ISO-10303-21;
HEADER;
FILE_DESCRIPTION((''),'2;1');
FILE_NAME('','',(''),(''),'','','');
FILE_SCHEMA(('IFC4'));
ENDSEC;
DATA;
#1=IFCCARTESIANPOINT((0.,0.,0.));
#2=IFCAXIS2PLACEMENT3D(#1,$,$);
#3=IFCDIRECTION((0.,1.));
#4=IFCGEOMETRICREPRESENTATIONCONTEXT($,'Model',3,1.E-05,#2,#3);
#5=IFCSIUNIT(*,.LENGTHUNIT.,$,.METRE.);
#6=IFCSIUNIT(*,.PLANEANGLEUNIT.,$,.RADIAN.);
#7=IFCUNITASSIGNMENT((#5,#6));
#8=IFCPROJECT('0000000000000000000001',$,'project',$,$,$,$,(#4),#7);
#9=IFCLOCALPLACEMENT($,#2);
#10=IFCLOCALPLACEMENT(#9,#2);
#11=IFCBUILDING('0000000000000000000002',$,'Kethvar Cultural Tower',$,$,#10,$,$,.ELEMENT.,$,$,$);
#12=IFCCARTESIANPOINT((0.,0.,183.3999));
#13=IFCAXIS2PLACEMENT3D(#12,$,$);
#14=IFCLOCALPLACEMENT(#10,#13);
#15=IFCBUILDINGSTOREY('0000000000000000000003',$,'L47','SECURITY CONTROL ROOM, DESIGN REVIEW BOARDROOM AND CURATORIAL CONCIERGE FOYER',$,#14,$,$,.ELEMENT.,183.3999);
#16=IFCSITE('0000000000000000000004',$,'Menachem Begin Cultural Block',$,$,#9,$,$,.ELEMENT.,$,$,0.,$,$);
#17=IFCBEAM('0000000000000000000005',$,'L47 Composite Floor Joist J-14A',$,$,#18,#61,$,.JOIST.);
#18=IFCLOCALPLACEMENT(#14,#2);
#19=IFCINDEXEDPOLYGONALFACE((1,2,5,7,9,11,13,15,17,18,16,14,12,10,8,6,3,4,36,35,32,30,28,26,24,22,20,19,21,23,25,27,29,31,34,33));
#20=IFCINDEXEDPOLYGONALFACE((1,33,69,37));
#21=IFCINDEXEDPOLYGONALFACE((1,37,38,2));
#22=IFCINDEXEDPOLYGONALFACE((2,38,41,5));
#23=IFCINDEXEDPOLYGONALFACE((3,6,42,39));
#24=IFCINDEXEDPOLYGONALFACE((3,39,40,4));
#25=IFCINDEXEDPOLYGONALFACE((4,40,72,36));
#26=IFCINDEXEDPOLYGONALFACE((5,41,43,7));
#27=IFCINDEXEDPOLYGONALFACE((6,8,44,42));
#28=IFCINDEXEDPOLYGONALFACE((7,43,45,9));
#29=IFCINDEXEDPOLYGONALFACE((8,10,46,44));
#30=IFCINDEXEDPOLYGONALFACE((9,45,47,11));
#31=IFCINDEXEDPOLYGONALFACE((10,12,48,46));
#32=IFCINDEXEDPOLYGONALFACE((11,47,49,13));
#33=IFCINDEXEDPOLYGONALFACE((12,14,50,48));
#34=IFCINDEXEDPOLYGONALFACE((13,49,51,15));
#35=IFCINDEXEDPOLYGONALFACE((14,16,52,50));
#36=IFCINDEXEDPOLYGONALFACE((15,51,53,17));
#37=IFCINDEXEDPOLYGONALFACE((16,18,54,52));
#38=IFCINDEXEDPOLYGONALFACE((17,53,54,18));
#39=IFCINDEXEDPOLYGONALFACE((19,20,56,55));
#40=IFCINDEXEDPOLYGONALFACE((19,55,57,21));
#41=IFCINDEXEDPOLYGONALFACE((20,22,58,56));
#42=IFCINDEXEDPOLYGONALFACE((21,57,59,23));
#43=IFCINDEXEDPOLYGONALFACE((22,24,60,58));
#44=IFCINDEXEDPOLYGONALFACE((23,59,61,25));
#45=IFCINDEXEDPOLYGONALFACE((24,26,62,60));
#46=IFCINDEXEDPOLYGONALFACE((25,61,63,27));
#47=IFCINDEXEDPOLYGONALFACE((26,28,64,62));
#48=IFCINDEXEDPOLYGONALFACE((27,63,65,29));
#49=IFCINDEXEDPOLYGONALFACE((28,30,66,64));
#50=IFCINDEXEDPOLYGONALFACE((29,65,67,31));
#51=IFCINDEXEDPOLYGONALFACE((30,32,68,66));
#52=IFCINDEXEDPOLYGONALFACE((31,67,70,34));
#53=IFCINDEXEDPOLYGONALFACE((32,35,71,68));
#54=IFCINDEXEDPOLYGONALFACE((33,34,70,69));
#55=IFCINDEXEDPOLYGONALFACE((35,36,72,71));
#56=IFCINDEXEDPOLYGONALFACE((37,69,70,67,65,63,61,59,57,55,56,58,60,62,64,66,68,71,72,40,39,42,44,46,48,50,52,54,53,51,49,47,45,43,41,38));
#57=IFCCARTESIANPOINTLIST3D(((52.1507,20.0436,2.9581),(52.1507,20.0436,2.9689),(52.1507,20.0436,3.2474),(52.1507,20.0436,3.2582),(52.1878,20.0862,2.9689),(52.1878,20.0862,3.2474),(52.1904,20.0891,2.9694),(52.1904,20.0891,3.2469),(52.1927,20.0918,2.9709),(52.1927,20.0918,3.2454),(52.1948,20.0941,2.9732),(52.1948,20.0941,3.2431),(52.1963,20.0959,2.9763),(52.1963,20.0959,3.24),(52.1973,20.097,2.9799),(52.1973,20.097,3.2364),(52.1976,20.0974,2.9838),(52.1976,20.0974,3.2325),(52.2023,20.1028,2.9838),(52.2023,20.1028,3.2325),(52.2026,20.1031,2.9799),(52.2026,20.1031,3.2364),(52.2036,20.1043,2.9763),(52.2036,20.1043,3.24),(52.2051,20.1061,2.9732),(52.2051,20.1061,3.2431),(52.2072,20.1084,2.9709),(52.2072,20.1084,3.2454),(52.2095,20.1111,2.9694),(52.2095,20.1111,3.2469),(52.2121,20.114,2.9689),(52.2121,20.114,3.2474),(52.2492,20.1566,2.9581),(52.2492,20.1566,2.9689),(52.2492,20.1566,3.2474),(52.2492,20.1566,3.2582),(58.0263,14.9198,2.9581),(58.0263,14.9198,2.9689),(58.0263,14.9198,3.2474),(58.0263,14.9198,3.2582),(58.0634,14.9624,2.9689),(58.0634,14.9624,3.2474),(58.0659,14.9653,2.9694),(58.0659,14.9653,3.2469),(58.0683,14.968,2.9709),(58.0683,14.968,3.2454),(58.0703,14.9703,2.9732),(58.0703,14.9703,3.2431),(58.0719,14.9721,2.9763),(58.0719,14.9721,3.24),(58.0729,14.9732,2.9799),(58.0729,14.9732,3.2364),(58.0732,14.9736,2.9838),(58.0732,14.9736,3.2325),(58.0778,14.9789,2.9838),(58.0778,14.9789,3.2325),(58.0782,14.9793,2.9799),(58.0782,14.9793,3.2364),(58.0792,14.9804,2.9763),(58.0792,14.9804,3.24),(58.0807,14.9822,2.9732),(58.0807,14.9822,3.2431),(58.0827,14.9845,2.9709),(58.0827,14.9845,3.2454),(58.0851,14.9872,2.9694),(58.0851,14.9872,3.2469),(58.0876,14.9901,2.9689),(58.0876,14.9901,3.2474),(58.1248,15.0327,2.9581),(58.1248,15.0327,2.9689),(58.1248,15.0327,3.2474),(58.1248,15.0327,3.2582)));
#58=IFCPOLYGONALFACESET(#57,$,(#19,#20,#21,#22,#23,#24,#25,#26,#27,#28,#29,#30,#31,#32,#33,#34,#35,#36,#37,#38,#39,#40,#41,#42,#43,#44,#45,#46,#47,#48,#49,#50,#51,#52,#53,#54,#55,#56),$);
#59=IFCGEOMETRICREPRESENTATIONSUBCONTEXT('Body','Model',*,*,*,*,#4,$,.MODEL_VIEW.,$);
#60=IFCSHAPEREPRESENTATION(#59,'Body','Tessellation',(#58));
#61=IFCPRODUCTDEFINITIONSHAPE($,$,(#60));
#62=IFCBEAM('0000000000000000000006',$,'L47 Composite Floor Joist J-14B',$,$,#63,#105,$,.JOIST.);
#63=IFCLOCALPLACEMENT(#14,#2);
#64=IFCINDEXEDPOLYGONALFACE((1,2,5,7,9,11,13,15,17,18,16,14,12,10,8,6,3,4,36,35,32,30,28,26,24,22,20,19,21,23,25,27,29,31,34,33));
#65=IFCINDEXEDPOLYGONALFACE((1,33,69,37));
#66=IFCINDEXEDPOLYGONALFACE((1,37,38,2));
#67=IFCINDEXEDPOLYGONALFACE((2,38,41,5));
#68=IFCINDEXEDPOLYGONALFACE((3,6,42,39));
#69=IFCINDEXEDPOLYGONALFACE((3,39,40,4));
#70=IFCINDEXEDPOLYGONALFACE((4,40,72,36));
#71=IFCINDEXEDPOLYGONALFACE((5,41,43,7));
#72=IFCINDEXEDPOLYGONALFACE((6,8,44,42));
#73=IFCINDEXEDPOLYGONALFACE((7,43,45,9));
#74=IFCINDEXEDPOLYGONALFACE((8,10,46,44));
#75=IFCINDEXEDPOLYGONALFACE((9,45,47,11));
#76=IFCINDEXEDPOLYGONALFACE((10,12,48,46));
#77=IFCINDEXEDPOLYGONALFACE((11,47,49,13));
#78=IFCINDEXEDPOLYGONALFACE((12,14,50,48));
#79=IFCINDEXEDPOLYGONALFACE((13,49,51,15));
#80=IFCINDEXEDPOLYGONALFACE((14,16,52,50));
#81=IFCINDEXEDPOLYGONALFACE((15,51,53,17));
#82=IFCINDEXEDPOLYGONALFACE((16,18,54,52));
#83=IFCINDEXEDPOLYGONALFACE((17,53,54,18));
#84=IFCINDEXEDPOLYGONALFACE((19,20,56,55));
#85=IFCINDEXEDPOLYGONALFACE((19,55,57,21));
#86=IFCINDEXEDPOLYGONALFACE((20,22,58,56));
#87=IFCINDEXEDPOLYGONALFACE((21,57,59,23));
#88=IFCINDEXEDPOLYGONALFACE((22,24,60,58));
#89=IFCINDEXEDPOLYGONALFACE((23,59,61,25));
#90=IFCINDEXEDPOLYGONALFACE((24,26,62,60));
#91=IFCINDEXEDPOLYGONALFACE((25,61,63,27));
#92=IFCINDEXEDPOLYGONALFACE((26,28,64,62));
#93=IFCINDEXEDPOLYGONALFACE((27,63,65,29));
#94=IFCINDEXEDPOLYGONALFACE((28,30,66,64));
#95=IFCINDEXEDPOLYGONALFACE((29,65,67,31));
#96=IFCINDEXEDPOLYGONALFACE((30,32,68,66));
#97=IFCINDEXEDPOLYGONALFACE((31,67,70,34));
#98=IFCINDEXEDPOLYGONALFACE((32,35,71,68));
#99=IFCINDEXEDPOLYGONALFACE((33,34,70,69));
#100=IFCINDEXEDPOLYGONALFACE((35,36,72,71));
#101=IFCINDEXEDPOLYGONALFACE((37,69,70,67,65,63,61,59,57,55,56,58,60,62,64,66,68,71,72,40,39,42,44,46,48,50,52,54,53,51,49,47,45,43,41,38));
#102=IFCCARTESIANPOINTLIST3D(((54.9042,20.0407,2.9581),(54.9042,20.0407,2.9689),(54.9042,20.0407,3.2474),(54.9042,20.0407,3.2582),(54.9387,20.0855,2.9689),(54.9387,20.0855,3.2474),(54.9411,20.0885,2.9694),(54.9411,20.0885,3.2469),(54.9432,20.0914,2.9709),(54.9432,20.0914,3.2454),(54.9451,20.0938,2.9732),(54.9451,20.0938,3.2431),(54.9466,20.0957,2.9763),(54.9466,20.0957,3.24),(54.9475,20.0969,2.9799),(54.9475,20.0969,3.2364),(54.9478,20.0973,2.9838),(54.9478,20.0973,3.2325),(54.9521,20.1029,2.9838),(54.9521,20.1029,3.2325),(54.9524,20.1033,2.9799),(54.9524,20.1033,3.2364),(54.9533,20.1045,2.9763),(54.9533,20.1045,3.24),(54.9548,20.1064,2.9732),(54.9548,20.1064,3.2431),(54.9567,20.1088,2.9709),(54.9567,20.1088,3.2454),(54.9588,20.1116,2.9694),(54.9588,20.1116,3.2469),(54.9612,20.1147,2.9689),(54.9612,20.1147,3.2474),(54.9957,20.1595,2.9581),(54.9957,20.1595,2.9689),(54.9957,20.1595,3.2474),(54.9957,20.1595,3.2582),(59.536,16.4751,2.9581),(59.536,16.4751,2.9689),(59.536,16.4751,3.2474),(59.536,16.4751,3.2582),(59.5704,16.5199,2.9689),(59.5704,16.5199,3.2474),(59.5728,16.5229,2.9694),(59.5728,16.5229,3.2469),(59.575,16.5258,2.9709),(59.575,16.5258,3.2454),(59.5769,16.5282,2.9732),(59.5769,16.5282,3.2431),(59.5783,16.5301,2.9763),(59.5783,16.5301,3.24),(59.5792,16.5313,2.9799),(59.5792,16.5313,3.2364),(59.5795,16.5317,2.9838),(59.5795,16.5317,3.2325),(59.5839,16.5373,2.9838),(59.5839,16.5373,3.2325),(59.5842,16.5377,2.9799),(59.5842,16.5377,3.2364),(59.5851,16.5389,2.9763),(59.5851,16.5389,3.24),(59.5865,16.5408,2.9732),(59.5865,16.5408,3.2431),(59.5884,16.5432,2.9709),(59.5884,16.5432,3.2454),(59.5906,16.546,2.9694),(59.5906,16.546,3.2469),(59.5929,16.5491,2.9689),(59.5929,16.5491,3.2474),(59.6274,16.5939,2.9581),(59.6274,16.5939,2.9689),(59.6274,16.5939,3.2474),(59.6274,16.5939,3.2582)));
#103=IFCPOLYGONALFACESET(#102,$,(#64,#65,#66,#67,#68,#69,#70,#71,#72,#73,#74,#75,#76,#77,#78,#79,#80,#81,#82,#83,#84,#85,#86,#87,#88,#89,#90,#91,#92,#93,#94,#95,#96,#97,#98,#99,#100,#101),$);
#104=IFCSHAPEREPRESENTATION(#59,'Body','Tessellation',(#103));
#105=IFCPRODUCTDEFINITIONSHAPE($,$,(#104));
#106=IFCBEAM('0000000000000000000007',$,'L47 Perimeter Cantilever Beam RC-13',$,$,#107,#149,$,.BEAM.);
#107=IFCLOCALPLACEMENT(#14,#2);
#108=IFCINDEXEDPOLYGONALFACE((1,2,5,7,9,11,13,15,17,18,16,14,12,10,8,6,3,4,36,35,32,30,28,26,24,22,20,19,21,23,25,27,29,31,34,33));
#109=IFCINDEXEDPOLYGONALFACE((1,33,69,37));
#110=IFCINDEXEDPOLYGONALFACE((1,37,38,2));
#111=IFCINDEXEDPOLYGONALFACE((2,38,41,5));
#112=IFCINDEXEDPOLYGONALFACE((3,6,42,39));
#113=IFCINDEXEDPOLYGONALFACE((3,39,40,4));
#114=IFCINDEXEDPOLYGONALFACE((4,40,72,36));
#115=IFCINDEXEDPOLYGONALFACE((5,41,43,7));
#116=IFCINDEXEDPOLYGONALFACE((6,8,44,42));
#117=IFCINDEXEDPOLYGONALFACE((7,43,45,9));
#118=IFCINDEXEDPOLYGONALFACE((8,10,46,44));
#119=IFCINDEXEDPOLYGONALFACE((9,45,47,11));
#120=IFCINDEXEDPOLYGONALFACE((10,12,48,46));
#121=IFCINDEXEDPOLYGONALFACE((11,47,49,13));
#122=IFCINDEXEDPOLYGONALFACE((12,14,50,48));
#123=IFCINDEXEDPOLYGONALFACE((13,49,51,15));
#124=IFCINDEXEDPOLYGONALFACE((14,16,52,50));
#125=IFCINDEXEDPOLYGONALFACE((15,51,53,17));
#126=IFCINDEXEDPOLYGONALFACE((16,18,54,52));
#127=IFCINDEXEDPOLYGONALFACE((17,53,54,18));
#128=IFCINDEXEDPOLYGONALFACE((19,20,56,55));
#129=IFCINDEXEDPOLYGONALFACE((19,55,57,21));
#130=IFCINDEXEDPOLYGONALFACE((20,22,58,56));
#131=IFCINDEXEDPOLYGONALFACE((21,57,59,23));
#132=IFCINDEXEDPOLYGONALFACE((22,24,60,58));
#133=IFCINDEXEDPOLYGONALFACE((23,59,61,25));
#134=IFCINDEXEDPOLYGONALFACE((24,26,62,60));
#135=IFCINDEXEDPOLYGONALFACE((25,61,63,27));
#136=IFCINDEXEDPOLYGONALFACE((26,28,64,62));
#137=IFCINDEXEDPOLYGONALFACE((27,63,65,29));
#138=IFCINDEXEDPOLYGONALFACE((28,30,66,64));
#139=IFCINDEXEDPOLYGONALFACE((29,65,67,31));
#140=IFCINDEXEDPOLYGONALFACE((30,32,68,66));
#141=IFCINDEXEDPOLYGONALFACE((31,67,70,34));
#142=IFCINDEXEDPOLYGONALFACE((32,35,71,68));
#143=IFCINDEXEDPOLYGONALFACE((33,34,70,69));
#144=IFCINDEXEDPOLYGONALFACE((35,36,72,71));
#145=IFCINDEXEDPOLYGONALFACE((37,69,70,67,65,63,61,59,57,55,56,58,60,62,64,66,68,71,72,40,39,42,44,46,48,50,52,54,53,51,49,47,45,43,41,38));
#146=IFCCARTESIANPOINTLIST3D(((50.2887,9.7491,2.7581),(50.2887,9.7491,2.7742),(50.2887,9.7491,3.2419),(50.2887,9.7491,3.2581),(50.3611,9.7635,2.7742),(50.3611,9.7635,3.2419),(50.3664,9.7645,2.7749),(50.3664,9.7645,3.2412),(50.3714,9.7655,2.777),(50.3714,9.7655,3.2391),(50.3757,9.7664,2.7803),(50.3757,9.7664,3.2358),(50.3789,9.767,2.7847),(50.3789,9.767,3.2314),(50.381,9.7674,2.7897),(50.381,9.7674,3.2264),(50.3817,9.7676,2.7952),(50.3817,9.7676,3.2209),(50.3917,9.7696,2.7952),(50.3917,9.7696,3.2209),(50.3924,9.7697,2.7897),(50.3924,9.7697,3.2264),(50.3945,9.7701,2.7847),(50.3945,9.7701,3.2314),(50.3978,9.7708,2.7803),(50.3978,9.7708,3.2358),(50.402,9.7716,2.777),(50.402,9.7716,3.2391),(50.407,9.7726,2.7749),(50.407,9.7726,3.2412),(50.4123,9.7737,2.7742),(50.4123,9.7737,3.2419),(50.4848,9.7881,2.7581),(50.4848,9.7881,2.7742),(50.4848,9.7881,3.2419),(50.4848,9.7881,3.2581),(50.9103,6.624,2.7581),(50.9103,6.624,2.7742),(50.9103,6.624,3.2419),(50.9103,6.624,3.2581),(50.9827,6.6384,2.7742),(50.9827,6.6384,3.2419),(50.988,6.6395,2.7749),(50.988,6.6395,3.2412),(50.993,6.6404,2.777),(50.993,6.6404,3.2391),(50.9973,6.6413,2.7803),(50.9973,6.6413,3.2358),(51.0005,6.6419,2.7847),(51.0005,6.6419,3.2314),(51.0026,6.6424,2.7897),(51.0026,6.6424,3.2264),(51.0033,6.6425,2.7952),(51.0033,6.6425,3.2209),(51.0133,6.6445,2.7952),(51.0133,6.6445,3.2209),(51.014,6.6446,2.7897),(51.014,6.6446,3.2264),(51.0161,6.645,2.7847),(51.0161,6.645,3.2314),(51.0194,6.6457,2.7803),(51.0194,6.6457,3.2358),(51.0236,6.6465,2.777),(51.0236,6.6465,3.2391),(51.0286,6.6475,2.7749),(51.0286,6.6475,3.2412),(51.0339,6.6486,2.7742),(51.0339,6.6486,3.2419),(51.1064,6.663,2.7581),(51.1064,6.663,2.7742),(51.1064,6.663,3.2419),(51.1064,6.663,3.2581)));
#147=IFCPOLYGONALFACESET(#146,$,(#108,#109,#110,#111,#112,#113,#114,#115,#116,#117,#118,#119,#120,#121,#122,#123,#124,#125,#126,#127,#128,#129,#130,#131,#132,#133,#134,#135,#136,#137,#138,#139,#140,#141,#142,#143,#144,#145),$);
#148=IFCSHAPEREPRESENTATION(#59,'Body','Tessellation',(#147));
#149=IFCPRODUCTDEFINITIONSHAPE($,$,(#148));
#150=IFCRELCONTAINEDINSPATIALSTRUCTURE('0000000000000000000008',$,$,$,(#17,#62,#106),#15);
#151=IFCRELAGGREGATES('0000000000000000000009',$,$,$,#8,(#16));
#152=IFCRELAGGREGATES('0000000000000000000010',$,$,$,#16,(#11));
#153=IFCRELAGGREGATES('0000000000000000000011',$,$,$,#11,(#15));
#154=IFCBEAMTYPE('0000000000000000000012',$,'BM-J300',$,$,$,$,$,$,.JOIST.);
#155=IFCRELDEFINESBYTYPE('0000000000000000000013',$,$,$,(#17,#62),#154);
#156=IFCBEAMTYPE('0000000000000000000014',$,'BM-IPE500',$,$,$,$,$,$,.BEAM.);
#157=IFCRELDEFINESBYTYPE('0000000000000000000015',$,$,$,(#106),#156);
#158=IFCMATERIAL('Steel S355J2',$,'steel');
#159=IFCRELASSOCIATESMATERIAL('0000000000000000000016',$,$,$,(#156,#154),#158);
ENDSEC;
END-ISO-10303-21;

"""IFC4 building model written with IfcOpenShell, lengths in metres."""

from ifc_helpers import new_model, si_unit, direction, frame, origin, origin_2d, place, context, subcontext, project, spatial, i_section, extrude, source, transform, mapped, material, material_profile, profile_set, type_object, element, save


model = new_model("IFC4")

# Units and contexts
model_context = context("Model", 3, precision=1e-05, world=origin(), true_north=direction((0.0, 1.0)))
body_context = subcontext(model_context, "Body", "Model", "MODEL_VIEW")
ifc_project = project(units=[si_unit("LENGTHUNIT", "METRE"), si_unit("PLANEANGLEUNIT", "RADIAN")], contexts=[model_context])

# Site, building, storey
site_placement = place(None, origin())
site = spatial("IfcSite", under=ifc_project, at=site_placement, Name="Menachem Begin Cultural Block", CompositionType="ELEMENT", RefElevation=0.0)
building_placement = place(site_placement, origin())
building = spatial("IfcBuilding", under=site, at=building_placement, Name="Kethvar Cultural Tower", CompositionType="ELEMENT")
storey_placement = place(building_placement, frame((0.0, 0.0, 183.3999)))
storey = spatial("IfcBuildingStorey", under=building, at=storey_placement, Name="L47", Description="SECURITY CONTROL ROOM, DESIGN REVIEW BOARDROOM AND CURATORIAL CONCIERGE FOYER", CompositionType="ELEMENT", Elevation=183.3999)

# Beams
ifc_material_1 = material(Name="Steel S355J2", Category="steel")
ifc_material_profile_1 = material_profile(ifc_material_1, i_section(OverallWidth=0.2, OverallDepth=0.5, WebThickness=0.0103, FlangeThickness=0.0161, FilletRadius=0.021, at=origin_2d()), Name="Steel S355J2 — IPE500")
ifc_profile_set_1 = profile_set([ifc_material_profile_1], Name="Steel S355J2 — IPE500")
beam_type_1 = type_object("IfcBeamType", Name="BM-IPE500", PredefinedType="BEAM", material=ifc_profile_set_1)
ifc_material_profile_2 = material_profile(ifc_material_1, i_section(OverallWidth=0.1499, OverallDepth=0.3, WebThickness=0.0071, FlangeThickness=0.0107, FilletRadius=0.0149, at=origin_2d()), Name="Steel S355J2 — IPE300")
ifc_profile_set_2 = profile_set([ifc_material_profile_2], Name="Steel S355J2 — IPE300")
beam_type_2 = type_object("IfcBeamType", Name="BM-J300", PredefinedType="JOIST", material=ifc_profile_set_2)
shared_shape_1 = source(origin(), body_context, "Body", "SweptSolid", [
    extrude(i_section(OverallWidth=0.1499, OverallDepth=0.3, WebThickness=0.0071, FlangeThickness=0.0107, FilletRadius=0.0149, at=origin_2d()), origin(), (0.0, 0.0, 1.0), 7.7959),
])
beam_1_placement = place(storey_placement, frame((52.2, 20.1001, 3.1082), z_axis=(0.753674, -0.657249, 0.0), x_axis=(0.657249, 0.753674, 0.0)))
element("IfcBeam", 1, at=beam_1_placement, inside=storey, type_object=beam_type_2, Name="L47 Composite Floor Joist J-14A", PredefinedType="JOIST", context=body_context, shape_type="MappedRepresentation", body=[
    mapped(shared_shape_1, transform((0.0, 0.0, 0.0), scale=1.0)),
])
shared_shape_2 = source(origin(), body_context, "Body", "SweptSolid", [
    extrude(i_section(OverallWidth=0.1499, OverallDepth=0.3, WebThickness=0.0071, FlangeThickness=0.0107, FilletRadius=0.0149, at=origin_2d()), origin(), (0.0, 0.0, 1.0), 5.8452),
])
beam_2_placement = place(storey_placement, frame((54.95, 20.1001, 3.1082), z_axis=(0.792399, -0.610003, 0.0), x_axis=(0.610003, 0.792399, 0.0)))
element("IfcBeam", 2, at=beam_2_placement, inside=storey, type_object=beam_type_2, Name="L47 Composite Floor Joist J-14B", PredefinedType="JOIST", context=body_context, shape_type="MappedRepresentation", body=[
    mapped(shared_shape_2, transform((0.0, 0.0, 0.0), scale=1.0)),
])
shared_shape_3 = source(origin(), body_context, "Body", "SweptSolid", [
    extrude(i_section(OverallWidth=0.2, OverallDepth=0.5, WebThickness=0.0103, FlangeThickness=0.0161, FilletRadius=0.021, at=origin_2d()), origin(), (0.0, 0.0, 1.0), 3.1863),
])
beam_3_placement = place(storey_placement, frame((50.3867, 9.7686, 3.0081), z_axis=(0.195085, -0.980786, 0.0), x_axis=(0.980786, 0.195085, 0.0)))
element("IfcBeam", 3, at=beam_3_placement, inside=storey, type_object=beam_type_1, Name="L47 Perimeter Cantilever Beam RC-13", PredefinedType="BEAM", context=body_context, shape_type="MappedRepresentation", body=[
    mapped(shared_shape_3, transform((0.0, 0.0, 0.0), scale=1.0)),
])

save(model, "model.ifc")
